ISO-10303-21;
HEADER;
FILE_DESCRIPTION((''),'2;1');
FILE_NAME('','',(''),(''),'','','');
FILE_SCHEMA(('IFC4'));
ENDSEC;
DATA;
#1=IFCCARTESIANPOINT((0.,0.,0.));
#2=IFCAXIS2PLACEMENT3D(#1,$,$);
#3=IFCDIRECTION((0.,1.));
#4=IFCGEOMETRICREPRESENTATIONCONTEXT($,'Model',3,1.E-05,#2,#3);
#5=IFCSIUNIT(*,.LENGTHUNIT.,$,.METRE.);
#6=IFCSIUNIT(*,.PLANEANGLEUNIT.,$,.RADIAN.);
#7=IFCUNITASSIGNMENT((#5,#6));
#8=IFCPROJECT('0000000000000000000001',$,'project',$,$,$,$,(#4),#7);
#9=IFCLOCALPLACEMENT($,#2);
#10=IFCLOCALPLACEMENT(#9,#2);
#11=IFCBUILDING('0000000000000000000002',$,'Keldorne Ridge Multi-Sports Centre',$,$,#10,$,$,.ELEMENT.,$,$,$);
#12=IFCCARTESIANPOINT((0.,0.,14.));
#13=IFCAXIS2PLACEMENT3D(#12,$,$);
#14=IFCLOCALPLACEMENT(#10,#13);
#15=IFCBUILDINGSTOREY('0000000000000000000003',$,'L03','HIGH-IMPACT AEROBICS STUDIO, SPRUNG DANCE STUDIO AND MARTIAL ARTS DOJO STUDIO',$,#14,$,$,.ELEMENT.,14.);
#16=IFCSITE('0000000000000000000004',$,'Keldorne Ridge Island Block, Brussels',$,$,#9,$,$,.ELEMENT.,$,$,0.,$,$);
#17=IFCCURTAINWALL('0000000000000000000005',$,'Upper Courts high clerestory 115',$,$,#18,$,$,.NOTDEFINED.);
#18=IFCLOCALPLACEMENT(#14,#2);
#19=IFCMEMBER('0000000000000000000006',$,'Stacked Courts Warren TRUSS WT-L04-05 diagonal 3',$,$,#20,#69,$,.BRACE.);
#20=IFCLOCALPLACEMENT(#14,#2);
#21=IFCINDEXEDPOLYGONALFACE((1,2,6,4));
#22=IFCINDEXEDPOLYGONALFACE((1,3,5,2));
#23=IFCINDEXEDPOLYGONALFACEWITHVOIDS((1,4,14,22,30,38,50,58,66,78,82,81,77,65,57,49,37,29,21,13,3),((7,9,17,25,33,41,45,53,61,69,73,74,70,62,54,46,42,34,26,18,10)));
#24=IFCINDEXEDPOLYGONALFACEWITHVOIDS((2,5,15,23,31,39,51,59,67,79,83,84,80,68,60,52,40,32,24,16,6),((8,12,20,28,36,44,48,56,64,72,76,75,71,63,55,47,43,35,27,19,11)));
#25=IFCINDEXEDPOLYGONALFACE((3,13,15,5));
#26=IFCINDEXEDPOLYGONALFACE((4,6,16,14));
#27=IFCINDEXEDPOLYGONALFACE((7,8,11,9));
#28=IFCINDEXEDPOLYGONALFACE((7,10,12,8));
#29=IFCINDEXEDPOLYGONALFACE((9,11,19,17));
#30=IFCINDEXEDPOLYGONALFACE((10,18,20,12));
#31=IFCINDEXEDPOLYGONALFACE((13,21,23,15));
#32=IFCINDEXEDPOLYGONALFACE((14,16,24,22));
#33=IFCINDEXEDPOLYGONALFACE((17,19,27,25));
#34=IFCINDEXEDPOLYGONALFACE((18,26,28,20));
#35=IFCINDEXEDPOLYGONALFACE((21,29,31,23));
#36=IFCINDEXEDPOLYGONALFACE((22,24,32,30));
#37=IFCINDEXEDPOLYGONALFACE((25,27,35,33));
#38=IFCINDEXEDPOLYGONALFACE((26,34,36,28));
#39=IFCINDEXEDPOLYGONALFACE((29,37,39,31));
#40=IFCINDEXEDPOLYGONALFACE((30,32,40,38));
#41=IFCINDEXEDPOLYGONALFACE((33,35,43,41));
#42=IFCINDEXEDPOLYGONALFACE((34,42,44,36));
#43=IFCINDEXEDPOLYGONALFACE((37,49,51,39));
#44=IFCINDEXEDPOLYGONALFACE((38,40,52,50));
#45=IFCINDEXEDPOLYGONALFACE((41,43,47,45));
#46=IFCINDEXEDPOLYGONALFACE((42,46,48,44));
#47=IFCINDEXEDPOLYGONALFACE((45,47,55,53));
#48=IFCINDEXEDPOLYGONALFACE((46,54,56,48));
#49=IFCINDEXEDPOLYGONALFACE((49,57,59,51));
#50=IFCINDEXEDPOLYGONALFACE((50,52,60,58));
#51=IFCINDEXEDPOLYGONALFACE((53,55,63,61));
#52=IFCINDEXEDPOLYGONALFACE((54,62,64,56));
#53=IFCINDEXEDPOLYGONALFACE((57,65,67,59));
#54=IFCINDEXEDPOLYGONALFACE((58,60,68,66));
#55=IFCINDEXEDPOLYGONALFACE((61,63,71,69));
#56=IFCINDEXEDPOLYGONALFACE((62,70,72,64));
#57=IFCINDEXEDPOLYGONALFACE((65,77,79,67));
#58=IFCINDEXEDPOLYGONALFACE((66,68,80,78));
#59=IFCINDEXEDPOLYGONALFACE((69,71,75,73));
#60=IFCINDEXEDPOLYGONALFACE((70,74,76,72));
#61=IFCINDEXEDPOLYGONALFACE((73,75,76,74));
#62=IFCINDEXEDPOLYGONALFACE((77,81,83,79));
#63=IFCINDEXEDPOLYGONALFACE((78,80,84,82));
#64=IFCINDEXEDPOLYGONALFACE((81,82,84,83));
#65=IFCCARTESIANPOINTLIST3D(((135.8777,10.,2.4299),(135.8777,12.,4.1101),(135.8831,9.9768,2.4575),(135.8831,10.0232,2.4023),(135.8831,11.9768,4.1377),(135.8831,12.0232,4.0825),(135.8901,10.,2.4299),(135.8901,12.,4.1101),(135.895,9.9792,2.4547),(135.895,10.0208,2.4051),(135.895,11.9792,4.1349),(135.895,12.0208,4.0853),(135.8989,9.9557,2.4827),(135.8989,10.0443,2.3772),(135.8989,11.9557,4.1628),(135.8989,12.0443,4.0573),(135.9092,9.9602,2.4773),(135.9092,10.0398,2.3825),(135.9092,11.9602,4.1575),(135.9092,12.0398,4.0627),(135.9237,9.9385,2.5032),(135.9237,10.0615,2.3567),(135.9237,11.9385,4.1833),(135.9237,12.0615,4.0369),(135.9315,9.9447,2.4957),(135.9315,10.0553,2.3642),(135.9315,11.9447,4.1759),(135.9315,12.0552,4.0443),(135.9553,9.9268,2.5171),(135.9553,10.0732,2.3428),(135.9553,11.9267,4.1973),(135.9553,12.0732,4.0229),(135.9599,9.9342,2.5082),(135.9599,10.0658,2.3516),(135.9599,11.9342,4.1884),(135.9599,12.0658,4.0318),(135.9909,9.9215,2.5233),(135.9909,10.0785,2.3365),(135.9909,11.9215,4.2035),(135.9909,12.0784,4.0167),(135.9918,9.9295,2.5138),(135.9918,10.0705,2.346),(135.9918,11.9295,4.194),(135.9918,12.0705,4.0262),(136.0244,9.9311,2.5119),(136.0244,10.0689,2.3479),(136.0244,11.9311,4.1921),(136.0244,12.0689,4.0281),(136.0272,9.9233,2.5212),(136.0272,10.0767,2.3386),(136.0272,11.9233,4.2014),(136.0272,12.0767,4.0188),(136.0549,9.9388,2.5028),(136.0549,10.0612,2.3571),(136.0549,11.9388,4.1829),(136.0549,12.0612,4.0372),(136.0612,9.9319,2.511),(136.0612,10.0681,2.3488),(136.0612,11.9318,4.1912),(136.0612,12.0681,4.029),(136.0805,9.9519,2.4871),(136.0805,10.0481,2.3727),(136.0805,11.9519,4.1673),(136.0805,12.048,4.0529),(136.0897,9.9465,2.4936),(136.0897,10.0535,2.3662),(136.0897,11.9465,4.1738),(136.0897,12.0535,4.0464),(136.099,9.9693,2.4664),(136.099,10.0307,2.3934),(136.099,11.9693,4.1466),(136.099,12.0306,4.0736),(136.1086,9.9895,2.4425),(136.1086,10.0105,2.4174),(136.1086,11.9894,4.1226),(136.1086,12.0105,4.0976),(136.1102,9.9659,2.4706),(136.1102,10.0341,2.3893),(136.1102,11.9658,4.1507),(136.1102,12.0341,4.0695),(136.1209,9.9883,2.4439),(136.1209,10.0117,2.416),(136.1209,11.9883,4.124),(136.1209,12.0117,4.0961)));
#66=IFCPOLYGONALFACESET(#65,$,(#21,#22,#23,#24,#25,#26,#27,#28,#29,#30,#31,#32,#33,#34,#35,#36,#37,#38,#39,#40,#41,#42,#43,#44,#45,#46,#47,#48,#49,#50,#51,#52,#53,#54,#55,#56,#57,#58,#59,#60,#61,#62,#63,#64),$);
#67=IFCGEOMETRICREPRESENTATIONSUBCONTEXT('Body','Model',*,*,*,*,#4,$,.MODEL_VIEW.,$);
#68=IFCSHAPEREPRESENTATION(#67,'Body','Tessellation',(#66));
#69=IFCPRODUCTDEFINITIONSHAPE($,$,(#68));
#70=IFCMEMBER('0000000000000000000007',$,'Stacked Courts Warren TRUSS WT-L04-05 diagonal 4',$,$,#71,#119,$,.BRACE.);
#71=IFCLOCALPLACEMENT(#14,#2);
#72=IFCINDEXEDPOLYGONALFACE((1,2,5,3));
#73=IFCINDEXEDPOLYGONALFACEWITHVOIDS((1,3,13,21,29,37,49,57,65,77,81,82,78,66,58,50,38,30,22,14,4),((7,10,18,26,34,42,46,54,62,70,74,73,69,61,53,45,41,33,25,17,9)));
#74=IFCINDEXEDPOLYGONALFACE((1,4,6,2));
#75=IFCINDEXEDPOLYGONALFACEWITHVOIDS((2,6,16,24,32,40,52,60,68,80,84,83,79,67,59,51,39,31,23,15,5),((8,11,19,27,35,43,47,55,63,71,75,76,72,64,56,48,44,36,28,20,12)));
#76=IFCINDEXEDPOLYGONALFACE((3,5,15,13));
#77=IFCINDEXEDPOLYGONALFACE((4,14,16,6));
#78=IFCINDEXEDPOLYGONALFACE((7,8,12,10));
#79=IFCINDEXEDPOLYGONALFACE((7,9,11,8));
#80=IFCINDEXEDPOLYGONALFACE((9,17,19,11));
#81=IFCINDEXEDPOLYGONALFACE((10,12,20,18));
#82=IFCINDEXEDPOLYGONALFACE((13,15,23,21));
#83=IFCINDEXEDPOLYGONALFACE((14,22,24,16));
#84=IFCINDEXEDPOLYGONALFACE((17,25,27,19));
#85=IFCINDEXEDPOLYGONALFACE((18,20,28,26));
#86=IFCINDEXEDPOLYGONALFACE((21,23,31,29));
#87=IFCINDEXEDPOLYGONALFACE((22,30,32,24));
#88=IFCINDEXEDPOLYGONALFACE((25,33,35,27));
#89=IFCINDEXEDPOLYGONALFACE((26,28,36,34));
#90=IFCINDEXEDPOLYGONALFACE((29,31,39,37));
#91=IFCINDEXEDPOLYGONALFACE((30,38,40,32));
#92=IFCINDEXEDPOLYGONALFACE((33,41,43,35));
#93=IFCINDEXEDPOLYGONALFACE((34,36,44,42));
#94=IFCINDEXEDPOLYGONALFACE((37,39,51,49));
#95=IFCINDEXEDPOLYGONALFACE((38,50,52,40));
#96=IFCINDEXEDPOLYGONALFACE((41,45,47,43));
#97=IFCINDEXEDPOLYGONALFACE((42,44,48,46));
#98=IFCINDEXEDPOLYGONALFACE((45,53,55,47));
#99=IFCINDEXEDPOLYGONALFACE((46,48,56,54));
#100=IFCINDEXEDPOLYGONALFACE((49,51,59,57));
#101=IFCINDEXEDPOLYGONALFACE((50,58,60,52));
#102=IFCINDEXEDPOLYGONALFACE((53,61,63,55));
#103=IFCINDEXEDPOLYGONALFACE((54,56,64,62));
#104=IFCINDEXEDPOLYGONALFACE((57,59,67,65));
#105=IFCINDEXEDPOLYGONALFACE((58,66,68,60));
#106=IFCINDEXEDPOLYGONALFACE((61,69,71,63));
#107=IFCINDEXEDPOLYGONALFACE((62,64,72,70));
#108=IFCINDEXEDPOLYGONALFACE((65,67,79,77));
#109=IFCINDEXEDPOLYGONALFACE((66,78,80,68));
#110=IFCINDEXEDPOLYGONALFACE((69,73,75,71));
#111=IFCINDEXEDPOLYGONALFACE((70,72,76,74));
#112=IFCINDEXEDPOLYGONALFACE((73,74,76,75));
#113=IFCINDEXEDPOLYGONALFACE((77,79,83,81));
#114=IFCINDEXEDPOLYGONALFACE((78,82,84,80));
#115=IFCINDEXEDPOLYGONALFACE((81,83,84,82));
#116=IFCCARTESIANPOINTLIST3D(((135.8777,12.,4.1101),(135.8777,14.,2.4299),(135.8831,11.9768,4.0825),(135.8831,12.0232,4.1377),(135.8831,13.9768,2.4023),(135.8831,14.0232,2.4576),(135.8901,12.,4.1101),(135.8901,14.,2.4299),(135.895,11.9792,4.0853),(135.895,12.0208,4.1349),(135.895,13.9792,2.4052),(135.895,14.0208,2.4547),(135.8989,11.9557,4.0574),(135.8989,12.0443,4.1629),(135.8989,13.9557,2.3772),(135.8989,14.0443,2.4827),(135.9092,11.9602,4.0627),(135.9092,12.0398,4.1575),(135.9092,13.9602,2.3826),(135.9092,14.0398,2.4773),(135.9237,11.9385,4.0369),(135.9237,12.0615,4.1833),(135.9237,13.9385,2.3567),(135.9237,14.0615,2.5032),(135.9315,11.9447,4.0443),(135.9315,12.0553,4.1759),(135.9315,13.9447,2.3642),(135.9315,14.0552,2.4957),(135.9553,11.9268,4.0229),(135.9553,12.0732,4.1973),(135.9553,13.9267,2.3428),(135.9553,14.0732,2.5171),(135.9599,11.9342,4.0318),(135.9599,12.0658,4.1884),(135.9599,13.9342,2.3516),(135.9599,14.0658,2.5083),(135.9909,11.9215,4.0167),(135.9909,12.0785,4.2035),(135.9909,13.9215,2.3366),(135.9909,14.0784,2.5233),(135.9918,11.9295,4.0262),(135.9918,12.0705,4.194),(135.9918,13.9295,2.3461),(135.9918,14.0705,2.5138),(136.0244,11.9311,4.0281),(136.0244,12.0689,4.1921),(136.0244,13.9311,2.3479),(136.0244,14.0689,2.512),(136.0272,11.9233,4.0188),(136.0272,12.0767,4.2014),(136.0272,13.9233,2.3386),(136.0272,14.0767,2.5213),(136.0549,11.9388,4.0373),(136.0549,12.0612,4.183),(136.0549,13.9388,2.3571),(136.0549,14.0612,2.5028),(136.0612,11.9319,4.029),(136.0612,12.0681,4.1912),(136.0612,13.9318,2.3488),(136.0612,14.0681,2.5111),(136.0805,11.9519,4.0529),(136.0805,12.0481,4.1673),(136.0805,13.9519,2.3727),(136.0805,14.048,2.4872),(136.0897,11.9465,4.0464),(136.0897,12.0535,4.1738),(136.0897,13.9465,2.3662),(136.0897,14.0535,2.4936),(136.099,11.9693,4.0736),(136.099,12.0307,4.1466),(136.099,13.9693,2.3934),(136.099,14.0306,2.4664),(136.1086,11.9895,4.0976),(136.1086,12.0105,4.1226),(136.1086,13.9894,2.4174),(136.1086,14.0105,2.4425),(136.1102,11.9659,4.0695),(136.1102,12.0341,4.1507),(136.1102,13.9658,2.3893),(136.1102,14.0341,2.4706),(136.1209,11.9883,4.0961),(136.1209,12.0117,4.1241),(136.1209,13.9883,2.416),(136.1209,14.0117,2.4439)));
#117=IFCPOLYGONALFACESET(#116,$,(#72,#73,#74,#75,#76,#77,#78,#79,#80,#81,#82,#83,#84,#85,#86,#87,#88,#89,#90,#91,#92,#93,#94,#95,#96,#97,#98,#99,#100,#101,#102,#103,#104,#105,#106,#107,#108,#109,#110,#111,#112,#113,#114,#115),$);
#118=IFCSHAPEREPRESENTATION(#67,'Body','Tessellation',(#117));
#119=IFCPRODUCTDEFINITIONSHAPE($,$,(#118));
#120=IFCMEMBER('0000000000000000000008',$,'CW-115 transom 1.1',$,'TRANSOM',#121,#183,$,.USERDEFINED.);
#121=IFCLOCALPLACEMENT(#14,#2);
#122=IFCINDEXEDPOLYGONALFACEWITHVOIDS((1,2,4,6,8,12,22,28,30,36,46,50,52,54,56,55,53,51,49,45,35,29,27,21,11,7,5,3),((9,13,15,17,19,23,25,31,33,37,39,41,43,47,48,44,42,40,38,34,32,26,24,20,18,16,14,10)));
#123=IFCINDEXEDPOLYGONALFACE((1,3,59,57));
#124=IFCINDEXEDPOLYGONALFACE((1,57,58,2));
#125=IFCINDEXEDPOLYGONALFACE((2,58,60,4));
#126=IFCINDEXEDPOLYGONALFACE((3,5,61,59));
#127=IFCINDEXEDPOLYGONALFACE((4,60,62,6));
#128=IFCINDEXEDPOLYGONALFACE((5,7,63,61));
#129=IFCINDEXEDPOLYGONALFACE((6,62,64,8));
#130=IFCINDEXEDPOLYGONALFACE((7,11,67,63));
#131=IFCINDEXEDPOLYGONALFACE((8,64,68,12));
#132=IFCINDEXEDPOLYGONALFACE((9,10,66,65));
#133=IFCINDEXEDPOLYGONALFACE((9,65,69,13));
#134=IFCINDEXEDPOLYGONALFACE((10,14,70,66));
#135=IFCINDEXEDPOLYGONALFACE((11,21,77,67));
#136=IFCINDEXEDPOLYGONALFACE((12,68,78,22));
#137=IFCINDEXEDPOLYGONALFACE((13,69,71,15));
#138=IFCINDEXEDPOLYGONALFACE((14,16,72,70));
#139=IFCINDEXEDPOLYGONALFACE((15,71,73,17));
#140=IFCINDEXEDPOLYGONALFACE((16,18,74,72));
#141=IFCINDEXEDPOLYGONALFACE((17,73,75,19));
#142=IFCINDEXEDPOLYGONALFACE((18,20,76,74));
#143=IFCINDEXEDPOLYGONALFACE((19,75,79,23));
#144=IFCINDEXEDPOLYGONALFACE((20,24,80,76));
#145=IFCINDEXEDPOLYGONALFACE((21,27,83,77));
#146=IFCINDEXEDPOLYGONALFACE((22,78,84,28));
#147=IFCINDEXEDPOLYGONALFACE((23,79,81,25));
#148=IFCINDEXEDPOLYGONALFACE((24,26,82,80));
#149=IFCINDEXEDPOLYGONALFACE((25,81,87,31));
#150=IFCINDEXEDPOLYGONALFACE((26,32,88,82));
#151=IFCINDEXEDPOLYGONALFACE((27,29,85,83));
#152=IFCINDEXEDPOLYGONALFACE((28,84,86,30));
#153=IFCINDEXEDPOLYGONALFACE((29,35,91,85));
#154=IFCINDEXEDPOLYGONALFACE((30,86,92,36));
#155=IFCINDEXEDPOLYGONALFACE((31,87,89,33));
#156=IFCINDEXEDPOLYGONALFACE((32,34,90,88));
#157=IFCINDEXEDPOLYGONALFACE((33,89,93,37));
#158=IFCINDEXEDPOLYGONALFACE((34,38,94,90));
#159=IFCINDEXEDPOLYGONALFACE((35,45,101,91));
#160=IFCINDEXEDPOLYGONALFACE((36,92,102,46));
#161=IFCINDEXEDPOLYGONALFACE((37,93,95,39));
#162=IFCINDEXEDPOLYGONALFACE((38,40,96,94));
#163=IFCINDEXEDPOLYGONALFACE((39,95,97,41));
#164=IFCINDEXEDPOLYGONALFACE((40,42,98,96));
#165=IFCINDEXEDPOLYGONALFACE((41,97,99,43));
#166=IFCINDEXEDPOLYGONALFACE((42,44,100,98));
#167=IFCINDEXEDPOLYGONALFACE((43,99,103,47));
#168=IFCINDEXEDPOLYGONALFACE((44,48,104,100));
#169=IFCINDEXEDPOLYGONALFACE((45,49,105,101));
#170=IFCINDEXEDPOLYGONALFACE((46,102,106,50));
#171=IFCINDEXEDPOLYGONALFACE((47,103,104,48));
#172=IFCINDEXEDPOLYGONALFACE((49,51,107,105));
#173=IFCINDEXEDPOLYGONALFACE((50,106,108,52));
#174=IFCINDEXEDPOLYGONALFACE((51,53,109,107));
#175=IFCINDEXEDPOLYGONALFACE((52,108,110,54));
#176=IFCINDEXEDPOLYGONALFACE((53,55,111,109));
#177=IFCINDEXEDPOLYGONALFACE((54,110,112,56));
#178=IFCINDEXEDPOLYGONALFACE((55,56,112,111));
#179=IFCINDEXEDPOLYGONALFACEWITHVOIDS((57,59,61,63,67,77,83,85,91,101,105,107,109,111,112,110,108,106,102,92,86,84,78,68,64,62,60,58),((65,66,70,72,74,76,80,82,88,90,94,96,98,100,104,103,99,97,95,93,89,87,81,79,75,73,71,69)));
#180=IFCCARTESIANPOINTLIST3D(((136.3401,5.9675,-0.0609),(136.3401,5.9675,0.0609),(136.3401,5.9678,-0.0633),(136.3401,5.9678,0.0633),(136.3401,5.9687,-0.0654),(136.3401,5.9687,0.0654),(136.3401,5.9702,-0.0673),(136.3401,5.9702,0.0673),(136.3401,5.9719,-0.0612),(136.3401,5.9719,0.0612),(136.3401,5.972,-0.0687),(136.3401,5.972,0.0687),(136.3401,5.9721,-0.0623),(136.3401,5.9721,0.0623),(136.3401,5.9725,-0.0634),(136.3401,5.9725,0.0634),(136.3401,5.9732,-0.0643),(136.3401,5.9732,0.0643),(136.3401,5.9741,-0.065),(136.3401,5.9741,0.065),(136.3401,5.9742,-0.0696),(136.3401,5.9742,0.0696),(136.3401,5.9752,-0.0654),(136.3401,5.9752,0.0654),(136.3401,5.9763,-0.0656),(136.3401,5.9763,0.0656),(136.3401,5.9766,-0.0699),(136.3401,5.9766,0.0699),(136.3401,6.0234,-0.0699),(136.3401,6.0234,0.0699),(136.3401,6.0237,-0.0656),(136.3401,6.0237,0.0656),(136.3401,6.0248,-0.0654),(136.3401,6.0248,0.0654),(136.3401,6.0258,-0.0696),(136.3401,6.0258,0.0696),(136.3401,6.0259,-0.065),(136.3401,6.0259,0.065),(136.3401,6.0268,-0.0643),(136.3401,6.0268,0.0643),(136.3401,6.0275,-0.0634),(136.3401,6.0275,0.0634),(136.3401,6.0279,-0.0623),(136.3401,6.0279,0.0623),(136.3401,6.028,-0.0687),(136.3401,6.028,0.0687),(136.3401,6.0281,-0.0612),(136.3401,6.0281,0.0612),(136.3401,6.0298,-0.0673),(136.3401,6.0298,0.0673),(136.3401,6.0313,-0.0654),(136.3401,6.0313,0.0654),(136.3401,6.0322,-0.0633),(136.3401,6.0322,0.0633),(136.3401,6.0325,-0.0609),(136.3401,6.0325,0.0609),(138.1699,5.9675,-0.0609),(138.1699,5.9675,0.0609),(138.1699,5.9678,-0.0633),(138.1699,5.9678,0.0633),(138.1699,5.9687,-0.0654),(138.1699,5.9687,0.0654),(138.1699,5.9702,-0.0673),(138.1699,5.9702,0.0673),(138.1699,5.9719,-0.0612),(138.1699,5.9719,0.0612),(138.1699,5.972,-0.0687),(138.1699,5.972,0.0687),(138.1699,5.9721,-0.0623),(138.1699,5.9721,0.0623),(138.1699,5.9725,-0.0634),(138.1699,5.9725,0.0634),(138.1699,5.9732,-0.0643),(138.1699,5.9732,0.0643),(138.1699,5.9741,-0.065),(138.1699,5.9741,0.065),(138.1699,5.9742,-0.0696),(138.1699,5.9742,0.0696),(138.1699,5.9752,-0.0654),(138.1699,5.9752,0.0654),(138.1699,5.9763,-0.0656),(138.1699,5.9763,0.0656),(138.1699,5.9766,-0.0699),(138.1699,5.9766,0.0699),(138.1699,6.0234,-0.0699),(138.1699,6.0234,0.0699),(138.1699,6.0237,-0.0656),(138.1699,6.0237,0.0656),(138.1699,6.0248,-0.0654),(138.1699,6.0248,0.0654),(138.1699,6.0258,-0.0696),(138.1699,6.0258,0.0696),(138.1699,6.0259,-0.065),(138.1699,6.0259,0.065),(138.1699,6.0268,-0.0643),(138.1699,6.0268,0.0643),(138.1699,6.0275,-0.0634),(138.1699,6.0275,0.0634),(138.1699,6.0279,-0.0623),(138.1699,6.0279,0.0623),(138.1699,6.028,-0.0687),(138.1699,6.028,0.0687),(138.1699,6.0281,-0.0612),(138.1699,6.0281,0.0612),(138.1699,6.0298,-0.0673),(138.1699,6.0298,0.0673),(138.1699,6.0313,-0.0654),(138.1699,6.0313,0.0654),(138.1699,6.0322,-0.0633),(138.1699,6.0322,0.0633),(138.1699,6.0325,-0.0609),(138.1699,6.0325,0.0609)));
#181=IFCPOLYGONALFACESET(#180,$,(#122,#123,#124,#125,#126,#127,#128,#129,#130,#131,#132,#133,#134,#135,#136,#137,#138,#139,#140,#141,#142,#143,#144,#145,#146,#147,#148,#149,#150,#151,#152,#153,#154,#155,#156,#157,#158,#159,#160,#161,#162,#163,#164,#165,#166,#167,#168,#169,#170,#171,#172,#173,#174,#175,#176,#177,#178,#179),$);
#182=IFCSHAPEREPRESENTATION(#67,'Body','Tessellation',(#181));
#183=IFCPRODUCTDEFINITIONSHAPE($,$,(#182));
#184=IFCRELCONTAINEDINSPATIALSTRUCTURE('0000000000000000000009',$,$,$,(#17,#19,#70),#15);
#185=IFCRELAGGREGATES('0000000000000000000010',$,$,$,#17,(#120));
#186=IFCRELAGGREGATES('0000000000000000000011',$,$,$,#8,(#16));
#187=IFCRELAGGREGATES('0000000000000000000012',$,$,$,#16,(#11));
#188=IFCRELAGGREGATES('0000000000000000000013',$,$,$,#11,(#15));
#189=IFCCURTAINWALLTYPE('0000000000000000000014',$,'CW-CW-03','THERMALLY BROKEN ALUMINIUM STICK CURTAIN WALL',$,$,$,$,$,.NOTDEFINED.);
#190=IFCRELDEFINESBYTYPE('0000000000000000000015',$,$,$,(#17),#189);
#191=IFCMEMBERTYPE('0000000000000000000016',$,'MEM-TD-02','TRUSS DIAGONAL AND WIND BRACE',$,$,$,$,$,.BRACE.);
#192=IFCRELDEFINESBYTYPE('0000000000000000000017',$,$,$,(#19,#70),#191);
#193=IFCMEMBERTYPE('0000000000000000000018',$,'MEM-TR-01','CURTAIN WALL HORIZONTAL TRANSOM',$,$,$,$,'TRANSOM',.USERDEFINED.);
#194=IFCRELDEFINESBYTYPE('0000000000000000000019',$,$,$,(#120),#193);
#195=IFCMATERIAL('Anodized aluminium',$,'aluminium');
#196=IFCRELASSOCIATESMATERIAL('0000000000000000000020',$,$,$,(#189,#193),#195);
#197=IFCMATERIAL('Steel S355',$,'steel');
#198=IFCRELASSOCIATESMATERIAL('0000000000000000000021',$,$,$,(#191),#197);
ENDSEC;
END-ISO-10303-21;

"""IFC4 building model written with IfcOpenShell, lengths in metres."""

from ifc_helpers import new_model, si_unit, direction, frame, origin, origin_2d, place, context, subcontext, project, spatial, hollow_rectangle, hollow_circle, extrude, material, material_profile, profile_set, type_object, element, aggregate, save


model = new_model("IFC4")

# Units and contexts
model_context = context("Model", 3, precision=1e-05, world=origin(), true_north=direction((0.0, 1.0)))
body_context = subcontext(model_context, "Body", "Model", "MODEL_VIEW")
ifc_project = project(units=[si_unit("LENGTHUNIT", "METRE"), si_unit("PLANEANGLEUNIT", "RADIAN")], contexts=[model_context])

# Site, building, storey
site_placement = place(None, origin())
site = spatial("IfcSite", under=ifc_project, at=site_placement, Name="Keldorne Ridge Island Block, Brussels", CompositionType="ELEMENT", RefElevation=0.0)
building_placement = place(site_placement, origin())
building = spatial("IfcBuilding", under=site, at=building_placement, Name="Keldorne Ridge Multi-Sports Centre", CompositionType="ELEMENT")
storey_placement = place(building_placement, frame((0.0, 0.0, 14.0)))
storey = spatial("IfcBuildingStorey", under=building, at=storey_placement, Name="L03", Description="HIGH-IMPACT AEROBICS STUDIO, SPRUNG DANCE STUDIO AND MARTIAL ARTS DOJO STUDIO", CompositionType="ELEMENT", Elevation=14.0)

# Shared definitions
ifc_material_1 = material(Name="Steel S355", Category="steel")

# Curtain wall
ifc_material_2 = material(Name="Anodized aluminium", Category="aluminium")
curtain_wall_type = type_object("IfcCurtainWallType", Name="CW-CW-03", Description="THERMALLY BROKEN ALUMINIUM STICK CURTAIN WALL", PredefinedType="NOTDEFINED", material=ifc_material_2)
curtain_wall_placement = place(storey_placement, origin())
curtain_wall = element("IfcCurtainWall", 1, at=curtain_wall_placement, inside=storey, type_object=curtain_wall_type, Name="Upper Courts high clerestory 115", PredefinedType="NOTDEFINED")

# Members
ifc_material_profile_1 = material_profile(ifc_material_1, hollow_circle(Radius=0.1223, WallThickness=0.0125, at=origin_2d()), Name="CHS 244.5x12.5")
ifc_profile_set_1 = profile_set([ifc_material_profile_1], Name="Steel S355")
member_type_1 = type_object("IfcMemberType", Name="MEM-TD-02", Description="TRUSS DIAGONAL AND WIND BRACE", PredefinedType="BRACE", material=ifc_profile_set_1)
for number, where, z_axis, x_axis, name in (
    (2, (136.0, 10.0, 2.4299), (0.0, 0.765672, 0.643232), (-1.0, 0.0, 0.0), "Stacked Courts Warren TRUSS WT-L04-05 diagonal 3"),
    (3, (136.0, 12.0, 4.1101), (0.0, 0.765672, -0.643232), (-1.0, 0.0, 0.0), "Stacked Courts Warren TRUSS WT-L04-05 diagonal 4"),
):
    element("IfcMember", number, at=place(storey_placement, frame(where, z_axis=z_axis, x_axis=x_axis)), inside=storey, type_object=member_type_1, Name=name, PredefinedType="BRACE", context=body_context, shape_type="SweptSolid", body=[
        extrude(hollow_circle(Radius=0.1223, WallThickness=0.0125, at=origin_2d()), origin(), (0.0, 0.0, 1.0), 2.6121),
    ])

# Member
ifc_material_profile_2 = material_profile(ifc_material_2, hollow_rectangle(XDim=0.0649, YDim=0.1399, WallThickness=0.0044, InnerFilletRadius=0.0044, OuterFilletRadius=0.009, at=origin_2d()), Name="ALU TRANSOM 140x65x4.5")
ifc_profile_set_2 = profile_set([ifc_material_profile_2], Name="Anodized aluminium")
member_type_2 = type_object("IfcMemberType", Name="MEM-TR-01", Description="CURTAIN WALL HORIZONTAL TRANSOM", ElementType="TRANSOM", PredefinedType="USERDEFINED", material=ifc_profile_set_2)
member_1_placement = place(storey_placement, frame((136.3401, 6.0, 0.0), z_axis=(1.0, 0.0, 0.0), x_axis=(0.0, 1.0, 0.0)))
member_1 = element("IfcMember", 4, at=member_1_placement, type_object=member_type_2, Name="CW-115 transom 1.1", ObjectType="TRANSOM", PredefinedType="USERDEFINED", context=body_context, shape_type="SweptSolid", body=[
    extrude(hollow_rectangle(XDim=0.0649, YDim=0.1399, WallThickness=0.0044, InnerFilletRadius=0.0044, OuterFilletRadius=0.009, at=origin_2d()), origin(), (0.0, 0.0, 1.0), 1.8298),
])

aggregate(curtain_wall, [member_1])

save(model, "model.ifc")
